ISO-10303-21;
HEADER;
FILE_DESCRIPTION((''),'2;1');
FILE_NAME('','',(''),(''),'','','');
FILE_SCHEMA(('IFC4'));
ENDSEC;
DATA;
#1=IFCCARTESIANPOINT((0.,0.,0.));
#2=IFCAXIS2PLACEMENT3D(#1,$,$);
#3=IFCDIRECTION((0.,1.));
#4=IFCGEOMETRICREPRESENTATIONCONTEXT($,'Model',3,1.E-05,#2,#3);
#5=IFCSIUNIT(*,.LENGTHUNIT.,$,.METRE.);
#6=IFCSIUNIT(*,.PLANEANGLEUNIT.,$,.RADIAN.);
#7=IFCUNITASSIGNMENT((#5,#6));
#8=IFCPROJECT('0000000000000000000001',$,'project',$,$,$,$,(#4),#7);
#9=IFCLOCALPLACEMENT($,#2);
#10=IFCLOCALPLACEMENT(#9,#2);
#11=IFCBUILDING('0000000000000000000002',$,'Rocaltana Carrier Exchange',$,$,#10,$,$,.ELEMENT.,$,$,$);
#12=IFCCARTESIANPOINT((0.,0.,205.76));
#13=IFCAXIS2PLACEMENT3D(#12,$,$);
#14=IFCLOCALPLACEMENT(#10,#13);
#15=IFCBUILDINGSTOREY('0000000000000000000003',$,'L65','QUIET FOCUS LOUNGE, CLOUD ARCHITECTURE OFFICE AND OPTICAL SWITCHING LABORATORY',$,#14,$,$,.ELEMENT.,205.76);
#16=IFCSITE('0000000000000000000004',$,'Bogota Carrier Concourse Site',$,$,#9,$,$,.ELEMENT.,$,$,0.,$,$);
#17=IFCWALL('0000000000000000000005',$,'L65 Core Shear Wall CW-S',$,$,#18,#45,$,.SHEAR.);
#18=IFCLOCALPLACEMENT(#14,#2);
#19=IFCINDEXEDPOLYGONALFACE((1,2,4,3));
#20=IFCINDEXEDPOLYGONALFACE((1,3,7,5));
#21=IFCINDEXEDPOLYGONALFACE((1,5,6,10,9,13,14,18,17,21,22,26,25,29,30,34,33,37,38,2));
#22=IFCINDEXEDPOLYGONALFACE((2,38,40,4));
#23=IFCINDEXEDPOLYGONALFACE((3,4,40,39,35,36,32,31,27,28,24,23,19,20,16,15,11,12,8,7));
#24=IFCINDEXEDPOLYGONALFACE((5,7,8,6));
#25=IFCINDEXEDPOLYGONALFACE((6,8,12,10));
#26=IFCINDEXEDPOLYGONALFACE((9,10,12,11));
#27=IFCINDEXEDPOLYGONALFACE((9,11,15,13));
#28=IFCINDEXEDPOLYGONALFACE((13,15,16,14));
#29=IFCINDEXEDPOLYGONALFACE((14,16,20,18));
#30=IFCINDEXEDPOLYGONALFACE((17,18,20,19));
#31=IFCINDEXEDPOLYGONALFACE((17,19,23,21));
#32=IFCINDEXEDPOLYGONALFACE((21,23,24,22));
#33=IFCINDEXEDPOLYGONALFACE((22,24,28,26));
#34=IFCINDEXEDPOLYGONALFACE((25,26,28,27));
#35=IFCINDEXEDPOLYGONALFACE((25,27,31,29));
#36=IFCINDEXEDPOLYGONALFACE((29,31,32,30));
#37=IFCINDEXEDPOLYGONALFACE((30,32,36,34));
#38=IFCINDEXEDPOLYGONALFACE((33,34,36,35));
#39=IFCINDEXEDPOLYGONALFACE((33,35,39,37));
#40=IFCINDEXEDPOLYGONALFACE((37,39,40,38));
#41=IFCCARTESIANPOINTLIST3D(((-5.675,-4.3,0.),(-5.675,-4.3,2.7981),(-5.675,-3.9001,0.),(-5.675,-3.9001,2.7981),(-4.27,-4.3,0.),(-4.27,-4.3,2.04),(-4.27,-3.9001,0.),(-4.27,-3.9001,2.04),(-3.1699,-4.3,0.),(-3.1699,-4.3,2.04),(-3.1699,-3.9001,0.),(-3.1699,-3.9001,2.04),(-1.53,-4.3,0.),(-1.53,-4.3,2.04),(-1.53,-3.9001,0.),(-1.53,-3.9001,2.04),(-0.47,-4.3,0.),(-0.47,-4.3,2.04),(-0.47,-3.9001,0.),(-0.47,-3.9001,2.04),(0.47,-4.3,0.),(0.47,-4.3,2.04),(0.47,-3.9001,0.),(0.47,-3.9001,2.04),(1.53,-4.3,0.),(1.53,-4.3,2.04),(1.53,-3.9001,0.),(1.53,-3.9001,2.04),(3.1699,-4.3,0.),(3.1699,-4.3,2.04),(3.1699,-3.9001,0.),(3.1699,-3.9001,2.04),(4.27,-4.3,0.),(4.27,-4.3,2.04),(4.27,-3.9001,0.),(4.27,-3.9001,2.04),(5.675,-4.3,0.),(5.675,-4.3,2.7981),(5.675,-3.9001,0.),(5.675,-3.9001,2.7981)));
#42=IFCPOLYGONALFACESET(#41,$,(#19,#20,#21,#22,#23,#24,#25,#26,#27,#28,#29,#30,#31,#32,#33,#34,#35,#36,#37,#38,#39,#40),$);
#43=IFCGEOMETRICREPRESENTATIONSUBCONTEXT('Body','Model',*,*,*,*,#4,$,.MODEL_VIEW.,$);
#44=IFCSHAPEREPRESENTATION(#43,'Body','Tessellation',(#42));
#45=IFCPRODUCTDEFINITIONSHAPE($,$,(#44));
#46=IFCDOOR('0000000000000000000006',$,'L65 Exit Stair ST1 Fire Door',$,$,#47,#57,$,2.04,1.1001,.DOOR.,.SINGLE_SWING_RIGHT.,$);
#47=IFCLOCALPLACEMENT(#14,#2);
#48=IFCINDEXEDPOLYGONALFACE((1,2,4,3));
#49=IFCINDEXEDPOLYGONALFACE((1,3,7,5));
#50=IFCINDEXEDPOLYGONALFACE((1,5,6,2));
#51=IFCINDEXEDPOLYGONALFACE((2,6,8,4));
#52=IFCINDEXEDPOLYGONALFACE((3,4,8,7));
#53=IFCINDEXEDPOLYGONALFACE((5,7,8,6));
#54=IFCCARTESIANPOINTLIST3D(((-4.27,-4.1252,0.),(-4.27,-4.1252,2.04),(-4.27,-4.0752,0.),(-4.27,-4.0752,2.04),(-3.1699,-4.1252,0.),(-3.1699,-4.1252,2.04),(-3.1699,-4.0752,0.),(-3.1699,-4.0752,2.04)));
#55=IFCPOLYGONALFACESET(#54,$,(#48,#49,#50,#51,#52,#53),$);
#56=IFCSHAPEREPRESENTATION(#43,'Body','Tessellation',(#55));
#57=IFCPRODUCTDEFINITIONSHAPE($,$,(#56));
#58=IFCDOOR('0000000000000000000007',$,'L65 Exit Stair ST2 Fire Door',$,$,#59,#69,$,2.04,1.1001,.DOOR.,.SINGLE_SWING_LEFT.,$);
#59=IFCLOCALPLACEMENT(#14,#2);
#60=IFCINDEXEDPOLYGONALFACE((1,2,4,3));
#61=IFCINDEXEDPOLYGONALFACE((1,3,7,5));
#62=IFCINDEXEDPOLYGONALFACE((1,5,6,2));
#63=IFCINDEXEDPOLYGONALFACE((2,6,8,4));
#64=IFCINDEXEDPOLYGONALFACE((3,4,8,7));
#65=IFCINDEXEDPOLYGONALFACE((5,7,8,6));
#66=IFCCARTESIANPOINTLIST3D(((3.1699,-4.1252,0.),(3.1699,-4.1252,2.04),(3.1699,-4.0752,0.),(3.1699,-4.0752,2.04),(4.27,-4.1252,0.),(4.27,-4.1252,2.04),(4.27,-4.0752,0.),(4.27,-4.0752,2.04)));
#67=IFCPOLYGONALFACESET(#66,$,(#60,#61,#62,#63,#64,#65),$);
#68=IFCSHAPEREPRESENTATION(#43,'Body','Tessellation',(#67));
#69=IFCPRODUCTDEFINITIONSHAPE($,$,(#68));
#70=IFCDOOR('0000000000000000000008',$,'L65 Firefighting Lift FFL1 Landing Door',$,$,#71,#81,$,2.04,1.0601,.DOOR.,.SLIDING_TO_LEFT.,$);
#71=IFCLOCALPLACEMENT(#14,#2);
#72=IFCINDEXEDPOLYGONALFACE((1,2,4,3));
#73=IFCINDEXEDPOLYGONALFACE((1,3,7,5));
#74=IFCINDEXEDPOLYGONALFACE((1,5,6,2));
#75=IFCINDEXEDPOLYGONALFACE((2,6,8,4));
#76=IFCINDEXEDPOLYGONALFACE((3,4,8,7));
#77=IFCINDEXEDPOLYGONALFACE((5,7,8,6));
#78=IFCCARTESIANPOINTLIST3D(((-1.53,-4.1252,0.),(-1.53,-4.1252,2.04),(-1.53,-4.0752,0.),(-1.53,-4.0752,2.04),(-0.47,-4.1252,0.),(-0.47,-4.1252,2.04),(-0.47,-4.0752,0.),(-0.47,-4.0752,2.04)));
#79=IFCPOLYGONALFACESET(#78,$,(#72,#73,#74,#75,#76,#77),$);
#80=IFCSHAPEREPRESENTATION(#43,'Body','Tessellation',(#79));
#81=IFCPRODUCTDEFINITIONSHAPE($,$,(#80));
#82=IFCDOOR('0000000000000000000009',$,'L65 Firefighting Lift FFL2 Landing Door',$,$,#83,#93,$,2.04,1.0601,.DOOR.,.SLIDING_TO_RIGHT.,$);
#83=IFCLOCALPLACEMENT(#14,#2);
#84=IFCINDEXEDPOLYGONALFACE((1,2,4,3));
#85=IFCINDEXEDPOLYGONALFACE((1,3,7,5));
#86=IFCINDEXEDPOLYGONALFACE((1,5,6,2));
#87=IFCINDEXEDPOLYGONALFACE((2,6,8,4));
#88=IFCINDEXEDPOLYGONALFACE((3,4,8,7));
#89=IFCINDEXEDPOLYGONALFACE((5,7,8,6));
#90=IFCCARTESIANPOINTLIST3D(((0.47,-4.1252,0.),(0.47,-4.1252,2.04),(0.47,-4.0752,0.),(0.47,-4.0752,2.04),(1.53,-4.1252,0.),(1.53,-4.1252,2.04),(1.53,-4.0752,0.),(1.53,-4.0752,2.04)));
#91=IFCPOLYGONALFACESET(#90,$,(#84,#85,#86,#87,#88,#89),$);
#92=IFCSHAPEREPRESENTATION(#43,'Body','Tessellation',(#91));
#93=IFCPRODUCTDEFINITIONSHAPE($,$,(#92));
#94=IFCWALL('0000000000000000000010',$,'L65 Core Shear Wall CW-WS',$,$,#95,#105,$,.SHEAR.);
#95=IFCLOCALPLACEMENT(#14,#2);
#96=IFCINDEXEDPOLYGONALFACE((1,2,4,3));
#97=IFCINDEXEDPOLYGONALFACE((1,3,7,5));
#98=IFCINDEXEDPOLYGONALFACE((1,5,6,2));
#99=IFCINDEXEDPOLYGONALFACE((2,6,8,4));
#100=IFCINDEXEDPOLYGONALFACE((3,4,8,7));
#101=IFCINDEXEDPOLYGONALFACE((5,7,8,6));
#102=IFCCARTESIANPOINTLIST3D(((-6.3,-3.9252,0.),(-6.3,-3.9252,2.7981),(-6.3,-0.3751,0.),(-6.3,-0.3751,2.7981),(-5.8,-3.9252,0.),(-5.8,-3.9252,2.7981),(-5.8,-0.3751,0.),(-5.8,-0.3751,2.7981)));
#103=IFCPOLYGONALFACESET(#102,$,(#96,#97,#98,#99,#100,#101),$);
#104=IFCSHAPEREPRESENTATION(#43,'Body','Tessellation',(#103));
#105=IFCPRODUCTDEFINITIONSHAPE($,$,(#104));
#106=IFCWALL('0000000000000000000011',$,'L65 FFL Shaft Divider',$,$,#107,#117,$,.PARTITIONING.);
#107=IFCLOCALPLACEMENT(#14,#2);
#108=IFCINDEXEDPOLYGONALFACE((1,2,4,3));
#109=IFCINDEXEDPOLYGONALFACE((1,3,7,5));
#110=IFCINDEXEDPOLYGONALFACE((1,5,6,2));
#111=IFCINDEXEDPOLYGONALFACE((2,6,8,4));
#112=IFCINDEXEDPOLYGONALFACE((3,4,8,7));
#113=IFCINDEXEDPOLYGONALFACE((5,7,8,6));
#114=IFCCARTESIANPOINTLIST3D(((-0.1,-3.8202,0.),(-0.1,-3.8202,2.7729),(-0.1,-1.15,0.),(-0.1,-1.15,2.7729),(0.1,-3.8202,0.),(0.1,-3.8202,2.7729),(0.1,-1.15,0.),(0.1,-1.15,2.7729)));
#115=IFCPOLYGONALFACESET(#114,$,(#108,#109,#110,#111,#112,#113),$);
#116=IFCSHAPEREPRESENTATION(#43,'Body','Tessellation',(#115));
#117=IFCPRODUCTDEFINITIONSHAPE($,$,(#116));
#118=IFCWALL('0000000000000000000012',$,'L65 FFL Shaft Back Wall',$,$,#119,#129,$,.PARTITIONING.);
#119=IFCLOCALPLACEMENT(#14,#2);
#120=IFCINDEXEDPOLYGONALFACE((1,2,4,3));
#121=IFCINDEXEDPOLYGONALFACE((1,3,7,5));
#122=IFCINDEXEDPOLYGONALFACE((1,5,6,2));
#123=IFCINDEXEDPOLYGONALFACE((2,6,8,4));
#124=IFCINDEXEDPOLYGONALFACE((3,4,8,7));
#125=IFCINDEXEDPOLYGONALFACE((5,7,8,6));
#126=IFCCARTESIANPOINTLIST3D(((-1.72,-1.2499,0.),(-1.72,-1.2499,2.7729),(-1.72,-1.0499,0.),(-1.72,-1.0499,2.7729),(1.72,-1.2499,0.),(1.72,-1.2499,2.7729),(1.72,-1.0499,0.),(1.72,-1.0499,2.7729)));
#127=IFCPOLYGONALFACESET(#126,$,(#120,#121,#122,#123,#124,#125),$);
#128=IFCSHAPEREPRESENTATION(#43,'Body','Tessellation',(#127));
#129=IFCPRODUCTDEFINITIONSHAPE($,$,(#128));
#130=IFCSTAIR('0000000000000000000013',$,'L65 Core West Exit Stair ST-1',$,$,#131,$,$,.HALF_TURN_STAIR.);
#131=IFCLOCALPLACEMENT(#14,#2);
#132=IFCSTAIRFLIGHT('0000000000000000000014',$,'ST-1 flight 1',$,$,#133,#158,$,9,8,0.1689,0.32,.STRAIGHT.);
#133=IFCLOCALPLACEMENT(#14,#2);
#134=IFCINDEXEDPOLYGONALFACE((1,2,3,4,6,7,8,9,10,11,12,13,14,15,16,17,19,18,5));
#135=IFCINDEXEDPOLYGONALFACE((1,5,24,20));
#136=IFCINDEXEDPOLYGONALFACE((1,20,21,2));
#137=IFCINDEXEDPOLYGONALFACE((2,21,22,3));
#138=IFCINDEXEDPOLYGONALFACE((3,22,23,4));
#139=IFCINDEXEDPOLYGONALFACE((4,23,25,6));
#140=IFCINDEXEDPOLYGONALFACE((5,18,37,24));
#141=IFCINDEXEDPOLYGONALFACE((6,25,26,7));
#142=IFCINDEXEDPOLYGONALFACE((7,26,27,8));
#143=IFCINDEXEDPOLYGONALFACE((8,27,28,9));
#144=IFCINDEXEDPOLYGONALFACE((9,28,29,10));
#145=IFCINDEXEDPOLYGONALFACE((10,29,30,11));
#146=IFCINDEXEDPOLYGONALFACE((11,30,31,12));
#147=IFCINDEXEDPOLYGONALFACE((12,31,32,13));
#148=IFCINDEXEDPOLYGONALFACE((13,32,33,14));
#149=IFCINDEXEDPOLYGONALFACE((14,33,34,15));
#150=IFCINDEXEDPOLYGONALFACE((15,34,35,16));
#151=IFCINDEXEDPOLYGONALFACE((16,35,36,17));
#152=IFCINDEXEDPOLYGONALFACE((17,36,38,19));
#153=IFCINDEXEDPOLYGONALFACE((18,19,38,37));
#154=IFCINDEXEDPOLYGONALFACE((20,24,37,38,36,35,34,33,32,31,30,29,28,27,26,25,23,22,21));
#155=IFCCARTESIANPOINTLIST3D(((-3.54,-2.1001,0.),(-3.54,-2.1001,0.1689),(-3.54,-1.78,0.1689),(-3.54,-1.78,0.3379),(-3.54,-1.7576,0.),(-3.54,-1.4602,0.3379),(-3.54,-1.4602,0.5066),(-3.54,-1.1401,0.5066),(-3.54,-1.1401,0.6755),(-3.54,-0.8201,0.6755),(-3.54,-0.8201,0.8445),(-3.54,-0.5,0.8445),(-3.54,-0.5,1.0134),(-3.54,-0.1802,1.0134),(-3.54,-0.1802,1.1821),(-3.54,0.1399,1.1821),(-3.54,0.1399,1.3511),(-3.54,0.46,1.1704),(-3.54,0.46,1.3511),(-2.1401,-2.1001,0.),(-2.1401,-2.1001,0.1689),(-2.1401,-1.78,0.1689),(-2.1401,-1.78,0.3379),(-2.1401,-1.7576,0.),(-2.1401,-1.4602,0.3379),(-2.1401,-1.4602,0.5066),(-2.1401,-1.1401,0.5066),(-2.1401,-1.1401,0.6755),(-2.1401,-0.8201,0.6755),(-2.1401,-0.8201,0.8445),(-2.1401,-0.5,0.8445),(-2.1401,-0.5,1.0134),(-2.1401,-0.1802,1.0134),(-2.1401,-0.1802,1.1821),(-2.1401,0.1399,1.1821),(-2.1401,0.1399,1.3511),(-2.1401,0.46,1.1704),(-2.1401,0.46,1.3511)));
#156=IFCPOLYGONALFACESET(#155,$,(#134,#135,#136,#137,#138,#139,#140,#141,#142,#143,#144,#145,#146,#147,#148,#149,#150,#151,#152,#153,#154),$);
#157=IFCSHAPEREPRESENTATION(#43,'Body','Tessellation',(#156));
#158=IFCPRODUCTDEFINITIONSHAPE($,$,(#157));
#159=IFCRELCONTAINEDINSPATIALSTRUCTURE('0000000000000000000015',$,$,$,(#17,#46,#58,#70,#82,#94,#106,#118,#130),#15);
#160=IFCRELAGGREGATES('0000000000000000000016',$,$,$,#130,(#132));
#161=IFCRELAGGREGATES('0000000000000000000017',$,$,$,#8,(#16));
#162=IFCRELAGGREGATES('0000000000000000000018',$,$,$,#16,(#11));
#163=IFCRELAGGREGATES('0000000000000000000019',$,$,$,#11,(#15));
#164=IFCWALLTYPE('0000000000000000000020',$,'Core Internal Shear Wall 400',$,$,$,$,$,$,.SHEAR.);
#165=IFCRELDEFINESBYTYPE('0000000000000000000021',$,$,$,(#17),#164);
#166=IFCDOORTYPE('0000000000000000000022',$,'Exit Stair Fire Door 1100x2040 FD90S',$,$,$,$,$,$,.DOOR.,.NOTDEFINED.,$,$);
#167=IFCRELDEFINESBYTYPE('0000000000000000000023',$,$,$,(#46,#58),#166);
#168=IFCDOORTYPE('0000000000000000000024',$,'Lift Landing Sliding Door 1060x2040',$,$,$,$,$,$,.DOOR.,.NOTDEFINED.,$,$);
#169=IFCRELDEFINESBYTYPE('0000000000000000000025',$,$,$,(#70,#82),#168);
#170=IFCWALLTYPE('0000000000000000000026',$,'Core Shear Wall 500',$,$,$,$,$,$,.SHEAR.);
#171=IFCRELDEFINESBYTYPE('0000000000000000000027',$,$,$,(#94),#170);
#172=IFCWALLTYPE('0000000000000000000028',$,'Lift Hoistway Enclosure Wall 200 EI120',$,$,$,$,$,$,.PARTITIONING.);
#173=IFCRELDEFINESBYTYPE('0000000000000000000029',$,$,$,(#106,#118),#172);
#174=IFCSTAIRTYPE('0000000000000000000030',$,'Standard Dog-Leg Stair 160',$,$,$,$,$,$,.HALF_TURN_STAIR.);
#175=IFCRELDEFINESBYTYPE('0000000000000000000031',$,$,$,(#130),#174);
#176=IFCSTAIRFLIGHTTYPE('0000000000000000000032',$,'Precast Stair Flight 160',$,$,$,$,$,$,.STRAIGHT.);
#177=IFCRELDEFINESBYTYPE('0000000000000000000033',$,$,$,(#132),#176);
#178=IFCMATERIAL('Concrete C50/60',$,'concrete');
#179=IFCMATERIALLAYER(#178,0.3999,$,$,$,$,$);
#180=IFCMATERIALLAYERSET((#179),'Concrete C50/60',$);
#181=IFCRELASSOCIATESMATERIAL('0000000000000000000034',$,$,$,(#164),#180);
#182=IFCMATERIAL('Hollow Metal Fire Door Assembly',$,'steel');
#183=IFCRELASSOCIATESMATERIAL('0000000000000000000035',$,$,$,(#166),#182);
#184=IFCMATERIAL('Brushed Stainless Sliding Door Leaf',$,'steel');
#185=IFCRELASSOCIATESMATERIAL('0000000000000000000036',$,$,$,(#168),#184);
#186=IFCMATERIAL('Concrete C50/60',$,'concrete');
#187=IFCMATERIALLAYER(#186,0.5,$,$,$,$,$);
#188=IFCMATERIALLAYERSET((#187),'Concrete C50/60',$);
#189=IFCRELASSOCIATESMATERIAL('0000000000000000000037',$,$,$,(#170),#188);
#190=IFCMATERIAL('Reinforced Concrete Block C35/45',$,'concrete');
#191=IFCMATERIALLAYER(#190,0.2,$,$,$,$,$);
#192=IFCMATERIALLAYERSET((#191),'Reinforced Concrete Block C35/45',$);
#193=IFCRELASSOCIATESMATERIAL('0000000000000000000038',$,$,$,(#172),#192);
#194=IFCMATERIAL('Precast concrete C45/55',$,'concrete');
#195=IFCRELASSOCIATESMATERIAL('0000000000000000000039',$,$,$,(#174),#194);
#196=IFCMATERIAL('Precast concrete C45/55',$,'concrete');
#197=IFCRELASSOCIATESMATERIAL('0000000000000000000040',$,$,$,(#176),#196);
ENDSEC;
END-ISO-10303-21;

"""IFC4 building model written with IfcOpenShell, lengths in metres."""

from ifc_helpers import new_model, si_unit, direction, frame, frame_2d, origin, place, context, subcontext, project, spatial, polyline, rectangle, outline, extrude, material, layer, layer_set, type_object, element, fill, aggregate, save


model = new_model("IFC4")

# Units and contexts
model_context = context("Model", 3, precision=1e-05, world=origin(), true_north=direction((0.0, 1.0)))
body_context = subcontext(model_context, "Body", "Model", "MODEL_VIEW")
ifc_project = project(units=[si_unit("LENGTHUNIT", "METRE"), si_unit("PLANEANGLEUNIT", "RADIAN")], contexts=[model_context])

# Site, building, storey
site_placement = place(None, origin())
site = spatial("IfcSite", under=ifc_project, at=site_placement, Name="Bogota Carrier Concourse Site", CompositionType="ELEMENT", RefElevation=0.0)
building_placement = place(site_placement, origin())
building = spatial("IfcBuilding", under=site, at=building_placement, Name="Rocaltana Carrier Exchange", CompositionType="ELEMENT")
storey_placement = place(building_placement, frame((0.0, 0.0, 205.76)))
storey = spatial("IfcBuildingStorey", under=building, at=storey_placement, Name="L65", Description="QUIET FOCUS LOUNGE, CLOUD ARCHITECTURE OFFICE AND OPTICAL SWITCHING LABORATORY", CompositionType="ELEMENT", Elevation=205.76)

# Wall, openings, doors
ifc_material_1 = material(Name="Concrete C50/60", Category="concrete")
ifc_layer_1 = layer(ifc_material_1, 0.3999)
ifc_layer_set_1 = layer_set([ifc_layer_1], Name="Concrete C50/60")
wall_type_1 = type_object("IfcWallType", Name="Core Internal Shear Wall 400", PredefinedType="SHEAR", material=ifc_layer_set_1)
wall_1_placement = place(storey_placement, frame((-5.675, -4.1001, 0.0), z_axis=(0.0, 0.0, 1.0), x_axis=(1.0, 0.0, 0.0)))
wall_1 = element("IfcWall", 1, at=wall_1_placement, inside=storey, type_object=wall_type_1, Name="L65 Core Shear Wall CW-S", PredefinedType="SHEAR", context=body_context, shape_type="SweptSolid", body=[
    extrude(rectangle(XDim=11.3501, YDim=0.3999, at=frame_2d((5.675, 0.0))), origin(), (0.0, 0.0, 1.0), 2.7981),
])
opening_1_placement = place(wall_1_placement, frame((1.405, 0.0, 0.0)))
opening_1 = element("IfcOpeningElement", 2, at=opening_1_placement, cuts=wall_1, PredefinedType="OPENING", context=body_context, shape_type="SweptSolid", body=[
    extrude(rectangle(XDim=1.1001, YDim=2.04, at=frame_2d((0.55, 1.02))), frame((0.0, 0.21, 0.0), z_axis=(0.0, -1.0, 0.0), x_axis=(1.0, 0.0, 0.0)), (0.0, 0.0, 1.0), 0.4199),
])
opening_2_placement = place(wall_1_placement, frame((8.845, 0.0, 0.0)))
opening_2 = element("IfcOpeningElement", 3, at=opening_2_placement, cuts=wall_1, PredefinedType="OPENING", context=body_context, shape_type="SweptSolid", body=[
    extrude(rectangle(XDim=1.1001, YDim=2.04, at=frame_2d((0.55, 1.02))), frame((0.0, 0.21, 0.0), z_axis=(0.0, -1.0, 0.0), x_axis=(1.0, 0.0, 0.0)), (0.0, 0.0, 1.0), 0.4199),
])
opening_3_placement = place(wall_1_placement, frame((4.145, 0.0, 0.0)))
opening_3 = element("IfcOpeningElement", 4, at=opening_3_placement, cuts=wall_1, PredefinedType="OPENING", context=body_context, shape_type="SweptSolid", body=[
    extrude(rectangle(XDim=1.0601, YDim=2.04, at=frame_2d((0.53, 1.02))), frame((0.0, 0.21, 0.0), z_axis=(0.0, -1.0, 0.0), x_axis=(1.0, 0.0, 0.0)), (0.0, 0.0, 1.0), 0.4199),
])
opening_4_placement = place(wall_1_placement, frame((6.145, 0.0, 0.0)))
opening_4 = element("IfcOpeningElement", 5, at=opening_4_placement, cuts=wall_1, PredefinedType="OPENING", context=body_context, shape_type="SweptSolid", body=[
    extrude(rectangle(XDim=1.0601, YDim=2.04, at=frame_2d((0.53, 1.02))), frame((0.0, 0.21, 0.0), z_axis=(0.0, -1.0, 0.0), x_axis=(1.0, 0.0, 0.0)), (0.0, 0.0, 1.0), 0.4199),
])
ifc_material_2 = material(Name="Hollow Metal Fire Door Assembly", Category="steel")
door_type_1 = type_object("IfcDoorType", Name="Exit Stair Fire Door 1100x2040 FD90S", OperationType="NOTDEFINED", PredefinedType="DOOR", material=ifc_material_2)
door_1_placement = place(opening_1_placement, origin())
door_1 = element("IfcDoor", 6, at=door_1_placement, inside=storey, type_object=door_type_1, Name="L65 Exit Stair ST1 Fire Door", OperationType="SINGLE_SWING_RIGHT", OverallHeight=2.04, OverallWidth=1.1001, PredefinedType="DOOR", context=body_context, shape_type="SweptSolid", body=[
    extrude(rectangle(XDim=1.1001, YDim=2.04, at=frame_2d((0.55, 1.02))), frame((0.0, 0.0249, 0.0), z_axis=(0.0, -1.0, 0.0), x_axis=(1.0, 0.0, 0.0)), (0.0, 0.0, 1.0), 0.05),
])
fill(opening_1, door_1)
door_2_placement = place(opening_2_placement, origin())
door_2 = element("IfcDoor", 7, at=door_2_placement, inside=storey, type_object=door_type_1, Name="L65 Exit Stair ST2 Fire Door", OperationType="SINGLE_SWING_LEFT", OverallHeight=2.04, OverallWidth=1.1001, PredefinedType="DOOR", context=body_context, shape_type="SweptSolid", body=[
    extrude(rectangle(XDim=1.1001, YDim=2.04, at=frame_2d((0.55, 1.02))), frame((0.0, 0.0249, 0.0), z_axis=(0.0, -1.0, 0.0), x_axis=(1.0, 0.0, 0.0)), (0.0, 0.0, 1.0), 0.05),
])
fill(opening_2, door_2)
ifc_material_3 = material(Name="Brushed Stainless Sliding Door Leaf", Category="steel")
door_type_2 = type_object("IfcDoorType", Name="Lift Landing Sliding Door 1060x2040", OperationType="NOTDEFINED", PredefinedType="DOOR", material=ifc_material_3)
door_3_placement = place(opening_3_placement, origin())
door_3 = element("IfcDoor", 8, at=door_3_placement, inside=storey, type_object=door_type_2, Name="L65 Firefighting Lift FFL1 Landing Door", OperationType="SLIDING_TO_LEFT", OverallHeight=2.04, OverallWidth=1.0601, PredefinedType="DOOR", context=body_context, shape_type="SweptSolid", body=[
    extrude(rectangle(XDim=1.0601, YDim=2.04, at=frame_2d((0.53, 1.02))), frame((0.0, 0.0249, 0.0), z_axis=(0.0, -1.0, 0.0), x_axis=(1.0, 0.0, 0.0)), (0.0, 0.0, 1.0), 0.05),
])
fill(opening_3, door_3)
door_4_placement = place(opening_4_placement, origin())
door_4 = element("IfcDoor", 9, at=door_4_placement, inside=storey, type_object=door_type_2, Name="L65 Firefighting Lift FFL2 Landing Door", OperationType="SLIDING_TO_RIGHT", OverallHeight=2.04, OverallWidth=1.0601, PredefinedType="DOOR", context=body_context, shape_type="SweptSolid", body=[
    extrude(rectangle(XDim=1.0601, YDim=2.04, at=frame_2d((0.53, 1.02))), frame((0.0, 0.0249, 0.0), z_axis=(0.0, -1.0, 0.0), x_axis=(1.0, 0.0, 0.0)), (0.0, 0.0, 1.0), 0.05),
])
fill(opening_4, door_4)

# Walls
ifc_material_4 = material(Name="Concrete C50/60", Category="concrete")
ifc_layer_2 = layer(ifc_material_4, 0.5)
ifc_layer_set_2 = layer_set([ifc_layer_2], Name="Concrete C50/60")
wall_type_2 = type_object("IfcWallType", Name="Core Shear Wall 500", PredefinedType="SHEAR", material=ifc_layer_set_2)
wall_2_placement = place(storey_placement, frame((-6.05, -3.925, 0.0), z_axis=(0.0, 0.0, 1.0), x_axis=(0.0, 1.0, 0.0)))
element("IfcWall", 10, at=wall_2_placement, inside=storey, type_object=wall_type_2, Name="L65 Core Shear Wall CW-WS", PredefinedType="SHEAR", context=body_context, shape_type="SweptSolid", body=[
    extrude(rectangle(XDim=3.55, YDim=0.5, at=frame_2d((1.7749, 0.0))), origin(), (0.0, 0.0, 1.0), 2.7981),
])
ifc_material_5 = material(Name="Reinforced Concrete Block C35/45", Category="concrete")
ifc_layer_3 = layer(ifc_material_5, 0.2)
ifc_layer_set_3 = layer_set([ifc_layer_3], Name="Reinforced Concrete Block C35/45")
wall_type_3 = type_object("IfcWallType", Name="Lift Hoistway Enclosure Wall 200 EI120", PredefinedType="PARTITIONING", material=ifc_layer_set_3)
wall_3_placement = place(storey_placement, frame((0.0, -3.8201, 0.0), z_axis=(0.0, 0.0, 1.0), x_axis=(0.0, 1.0, 0.0)))
element("IfcWall", 11, at=wall_3_placement, inside=storey, type_object=wall_type_3, Name="L65 FFL Shaft Divider", PredefinedType="PARTITIONING", context=body_context, shape_type="SweptSolid", body=[
    extrude(rectangle(XDim=2.6702, YDim=0.2, at=frame_2d((1.335, 0.0))), origin(), (0.0, 0.0, 1.0), 2.7729),
])
wall_4_placement = place(storey_placement, frame((-1.72, -1.1499, 0.0), z_axis=(0.0, 0.0, 1.0), x_axis=(1.0, 0.0, 0.0)))
element("IfcWall", 12, at=wall_4_placement, inside=storey, type_object=wall_type_3, Name="L65 FFL Shaft Back Wall", PredefinedType="PARTITIONING", context=body_context, shape_type="SweptSolid", body=[
    extrude(rectangle(XDim=3.4399, YDim=0.2, at=frame_2d((1.72, 0.0))), origin(), (0.0, 0.0, 1.0), 2.7729),
])

# Stair, stair flight
ifc_material_6 = material(Name="Precast concrete C45/55", Category="concrete")
stair_type = type_object("IfcStairType", Name="Standard Dog-Leg Stair 160", PredefinedType="HALF_TURN_STAIR", material=ifc_material_6)
stair_placement = place(storey_placement, origin())
stair = element("IfcStair", 13, at=stair_placement, inside=storey, type_object=stair_type, Name="L65 Core West Exit Stair ST-1", PredefinedType="HALF_TURN_STAIR")
ifc_material_7 = material(Name="Precast concrete C45/55", Category="concrete")
stair_flight_type = type_object("IfcStairFlightType", Name="Precast Stair Flight 160", PredefinedType="STRAIGHT", material=ifc_material_7)
stair_flight_placement = place(storey_placement, frame((-2.8401, -2.1001, 0.0), z_axis=(0.0, 0.0, 1.0), x_axis=(0.0, 1.0, 0.0)))
stair_flight = element("IfcStairFlight", 14, at=stair_flight_placement, type_object=stair_flight_type, Name="ST-1 flight 1", NumberOfRisers=9, NumberOfTreads=8, PredefinedType="STRAIGHT", RiserHeight=0.1689, TreadLength=0.32, context=body_context, shape_type="SweptSolid", body=[
    extrude(outline(polyline([(0.0, 0.0), (0.0, 0.1689), (0.3201, 0.1689), (0.3201, 0.3379), (0.6399, 0.3379), (0.6399, 0.5066), (0.96, 0.5066), (0.96, 0.6755), (1.28, 0.6755), (1.28, 0.8445), (1.6001, 0.8445), (1.6001, 1.0134), (1.9199, 1.0134), (1.9199, 1.1821), (2.24, 1.1821), (2.24, 1.3511), (2.5601, 1.3511), (2.5601, 1.52), (2.5601, 1.1704), (0.3425, 0.0), (0.0, 0.0)])), frame((0.0, 0.7, 0.0), z_axis=(0.0, -1.0, 0.0), x_axis=(1.0, 0.0, 0.0)), (0.0, 0.0, 1.0), 1.3999),
])
aggregate(stair, [stair_flight])

save(model, "model.ifc")
